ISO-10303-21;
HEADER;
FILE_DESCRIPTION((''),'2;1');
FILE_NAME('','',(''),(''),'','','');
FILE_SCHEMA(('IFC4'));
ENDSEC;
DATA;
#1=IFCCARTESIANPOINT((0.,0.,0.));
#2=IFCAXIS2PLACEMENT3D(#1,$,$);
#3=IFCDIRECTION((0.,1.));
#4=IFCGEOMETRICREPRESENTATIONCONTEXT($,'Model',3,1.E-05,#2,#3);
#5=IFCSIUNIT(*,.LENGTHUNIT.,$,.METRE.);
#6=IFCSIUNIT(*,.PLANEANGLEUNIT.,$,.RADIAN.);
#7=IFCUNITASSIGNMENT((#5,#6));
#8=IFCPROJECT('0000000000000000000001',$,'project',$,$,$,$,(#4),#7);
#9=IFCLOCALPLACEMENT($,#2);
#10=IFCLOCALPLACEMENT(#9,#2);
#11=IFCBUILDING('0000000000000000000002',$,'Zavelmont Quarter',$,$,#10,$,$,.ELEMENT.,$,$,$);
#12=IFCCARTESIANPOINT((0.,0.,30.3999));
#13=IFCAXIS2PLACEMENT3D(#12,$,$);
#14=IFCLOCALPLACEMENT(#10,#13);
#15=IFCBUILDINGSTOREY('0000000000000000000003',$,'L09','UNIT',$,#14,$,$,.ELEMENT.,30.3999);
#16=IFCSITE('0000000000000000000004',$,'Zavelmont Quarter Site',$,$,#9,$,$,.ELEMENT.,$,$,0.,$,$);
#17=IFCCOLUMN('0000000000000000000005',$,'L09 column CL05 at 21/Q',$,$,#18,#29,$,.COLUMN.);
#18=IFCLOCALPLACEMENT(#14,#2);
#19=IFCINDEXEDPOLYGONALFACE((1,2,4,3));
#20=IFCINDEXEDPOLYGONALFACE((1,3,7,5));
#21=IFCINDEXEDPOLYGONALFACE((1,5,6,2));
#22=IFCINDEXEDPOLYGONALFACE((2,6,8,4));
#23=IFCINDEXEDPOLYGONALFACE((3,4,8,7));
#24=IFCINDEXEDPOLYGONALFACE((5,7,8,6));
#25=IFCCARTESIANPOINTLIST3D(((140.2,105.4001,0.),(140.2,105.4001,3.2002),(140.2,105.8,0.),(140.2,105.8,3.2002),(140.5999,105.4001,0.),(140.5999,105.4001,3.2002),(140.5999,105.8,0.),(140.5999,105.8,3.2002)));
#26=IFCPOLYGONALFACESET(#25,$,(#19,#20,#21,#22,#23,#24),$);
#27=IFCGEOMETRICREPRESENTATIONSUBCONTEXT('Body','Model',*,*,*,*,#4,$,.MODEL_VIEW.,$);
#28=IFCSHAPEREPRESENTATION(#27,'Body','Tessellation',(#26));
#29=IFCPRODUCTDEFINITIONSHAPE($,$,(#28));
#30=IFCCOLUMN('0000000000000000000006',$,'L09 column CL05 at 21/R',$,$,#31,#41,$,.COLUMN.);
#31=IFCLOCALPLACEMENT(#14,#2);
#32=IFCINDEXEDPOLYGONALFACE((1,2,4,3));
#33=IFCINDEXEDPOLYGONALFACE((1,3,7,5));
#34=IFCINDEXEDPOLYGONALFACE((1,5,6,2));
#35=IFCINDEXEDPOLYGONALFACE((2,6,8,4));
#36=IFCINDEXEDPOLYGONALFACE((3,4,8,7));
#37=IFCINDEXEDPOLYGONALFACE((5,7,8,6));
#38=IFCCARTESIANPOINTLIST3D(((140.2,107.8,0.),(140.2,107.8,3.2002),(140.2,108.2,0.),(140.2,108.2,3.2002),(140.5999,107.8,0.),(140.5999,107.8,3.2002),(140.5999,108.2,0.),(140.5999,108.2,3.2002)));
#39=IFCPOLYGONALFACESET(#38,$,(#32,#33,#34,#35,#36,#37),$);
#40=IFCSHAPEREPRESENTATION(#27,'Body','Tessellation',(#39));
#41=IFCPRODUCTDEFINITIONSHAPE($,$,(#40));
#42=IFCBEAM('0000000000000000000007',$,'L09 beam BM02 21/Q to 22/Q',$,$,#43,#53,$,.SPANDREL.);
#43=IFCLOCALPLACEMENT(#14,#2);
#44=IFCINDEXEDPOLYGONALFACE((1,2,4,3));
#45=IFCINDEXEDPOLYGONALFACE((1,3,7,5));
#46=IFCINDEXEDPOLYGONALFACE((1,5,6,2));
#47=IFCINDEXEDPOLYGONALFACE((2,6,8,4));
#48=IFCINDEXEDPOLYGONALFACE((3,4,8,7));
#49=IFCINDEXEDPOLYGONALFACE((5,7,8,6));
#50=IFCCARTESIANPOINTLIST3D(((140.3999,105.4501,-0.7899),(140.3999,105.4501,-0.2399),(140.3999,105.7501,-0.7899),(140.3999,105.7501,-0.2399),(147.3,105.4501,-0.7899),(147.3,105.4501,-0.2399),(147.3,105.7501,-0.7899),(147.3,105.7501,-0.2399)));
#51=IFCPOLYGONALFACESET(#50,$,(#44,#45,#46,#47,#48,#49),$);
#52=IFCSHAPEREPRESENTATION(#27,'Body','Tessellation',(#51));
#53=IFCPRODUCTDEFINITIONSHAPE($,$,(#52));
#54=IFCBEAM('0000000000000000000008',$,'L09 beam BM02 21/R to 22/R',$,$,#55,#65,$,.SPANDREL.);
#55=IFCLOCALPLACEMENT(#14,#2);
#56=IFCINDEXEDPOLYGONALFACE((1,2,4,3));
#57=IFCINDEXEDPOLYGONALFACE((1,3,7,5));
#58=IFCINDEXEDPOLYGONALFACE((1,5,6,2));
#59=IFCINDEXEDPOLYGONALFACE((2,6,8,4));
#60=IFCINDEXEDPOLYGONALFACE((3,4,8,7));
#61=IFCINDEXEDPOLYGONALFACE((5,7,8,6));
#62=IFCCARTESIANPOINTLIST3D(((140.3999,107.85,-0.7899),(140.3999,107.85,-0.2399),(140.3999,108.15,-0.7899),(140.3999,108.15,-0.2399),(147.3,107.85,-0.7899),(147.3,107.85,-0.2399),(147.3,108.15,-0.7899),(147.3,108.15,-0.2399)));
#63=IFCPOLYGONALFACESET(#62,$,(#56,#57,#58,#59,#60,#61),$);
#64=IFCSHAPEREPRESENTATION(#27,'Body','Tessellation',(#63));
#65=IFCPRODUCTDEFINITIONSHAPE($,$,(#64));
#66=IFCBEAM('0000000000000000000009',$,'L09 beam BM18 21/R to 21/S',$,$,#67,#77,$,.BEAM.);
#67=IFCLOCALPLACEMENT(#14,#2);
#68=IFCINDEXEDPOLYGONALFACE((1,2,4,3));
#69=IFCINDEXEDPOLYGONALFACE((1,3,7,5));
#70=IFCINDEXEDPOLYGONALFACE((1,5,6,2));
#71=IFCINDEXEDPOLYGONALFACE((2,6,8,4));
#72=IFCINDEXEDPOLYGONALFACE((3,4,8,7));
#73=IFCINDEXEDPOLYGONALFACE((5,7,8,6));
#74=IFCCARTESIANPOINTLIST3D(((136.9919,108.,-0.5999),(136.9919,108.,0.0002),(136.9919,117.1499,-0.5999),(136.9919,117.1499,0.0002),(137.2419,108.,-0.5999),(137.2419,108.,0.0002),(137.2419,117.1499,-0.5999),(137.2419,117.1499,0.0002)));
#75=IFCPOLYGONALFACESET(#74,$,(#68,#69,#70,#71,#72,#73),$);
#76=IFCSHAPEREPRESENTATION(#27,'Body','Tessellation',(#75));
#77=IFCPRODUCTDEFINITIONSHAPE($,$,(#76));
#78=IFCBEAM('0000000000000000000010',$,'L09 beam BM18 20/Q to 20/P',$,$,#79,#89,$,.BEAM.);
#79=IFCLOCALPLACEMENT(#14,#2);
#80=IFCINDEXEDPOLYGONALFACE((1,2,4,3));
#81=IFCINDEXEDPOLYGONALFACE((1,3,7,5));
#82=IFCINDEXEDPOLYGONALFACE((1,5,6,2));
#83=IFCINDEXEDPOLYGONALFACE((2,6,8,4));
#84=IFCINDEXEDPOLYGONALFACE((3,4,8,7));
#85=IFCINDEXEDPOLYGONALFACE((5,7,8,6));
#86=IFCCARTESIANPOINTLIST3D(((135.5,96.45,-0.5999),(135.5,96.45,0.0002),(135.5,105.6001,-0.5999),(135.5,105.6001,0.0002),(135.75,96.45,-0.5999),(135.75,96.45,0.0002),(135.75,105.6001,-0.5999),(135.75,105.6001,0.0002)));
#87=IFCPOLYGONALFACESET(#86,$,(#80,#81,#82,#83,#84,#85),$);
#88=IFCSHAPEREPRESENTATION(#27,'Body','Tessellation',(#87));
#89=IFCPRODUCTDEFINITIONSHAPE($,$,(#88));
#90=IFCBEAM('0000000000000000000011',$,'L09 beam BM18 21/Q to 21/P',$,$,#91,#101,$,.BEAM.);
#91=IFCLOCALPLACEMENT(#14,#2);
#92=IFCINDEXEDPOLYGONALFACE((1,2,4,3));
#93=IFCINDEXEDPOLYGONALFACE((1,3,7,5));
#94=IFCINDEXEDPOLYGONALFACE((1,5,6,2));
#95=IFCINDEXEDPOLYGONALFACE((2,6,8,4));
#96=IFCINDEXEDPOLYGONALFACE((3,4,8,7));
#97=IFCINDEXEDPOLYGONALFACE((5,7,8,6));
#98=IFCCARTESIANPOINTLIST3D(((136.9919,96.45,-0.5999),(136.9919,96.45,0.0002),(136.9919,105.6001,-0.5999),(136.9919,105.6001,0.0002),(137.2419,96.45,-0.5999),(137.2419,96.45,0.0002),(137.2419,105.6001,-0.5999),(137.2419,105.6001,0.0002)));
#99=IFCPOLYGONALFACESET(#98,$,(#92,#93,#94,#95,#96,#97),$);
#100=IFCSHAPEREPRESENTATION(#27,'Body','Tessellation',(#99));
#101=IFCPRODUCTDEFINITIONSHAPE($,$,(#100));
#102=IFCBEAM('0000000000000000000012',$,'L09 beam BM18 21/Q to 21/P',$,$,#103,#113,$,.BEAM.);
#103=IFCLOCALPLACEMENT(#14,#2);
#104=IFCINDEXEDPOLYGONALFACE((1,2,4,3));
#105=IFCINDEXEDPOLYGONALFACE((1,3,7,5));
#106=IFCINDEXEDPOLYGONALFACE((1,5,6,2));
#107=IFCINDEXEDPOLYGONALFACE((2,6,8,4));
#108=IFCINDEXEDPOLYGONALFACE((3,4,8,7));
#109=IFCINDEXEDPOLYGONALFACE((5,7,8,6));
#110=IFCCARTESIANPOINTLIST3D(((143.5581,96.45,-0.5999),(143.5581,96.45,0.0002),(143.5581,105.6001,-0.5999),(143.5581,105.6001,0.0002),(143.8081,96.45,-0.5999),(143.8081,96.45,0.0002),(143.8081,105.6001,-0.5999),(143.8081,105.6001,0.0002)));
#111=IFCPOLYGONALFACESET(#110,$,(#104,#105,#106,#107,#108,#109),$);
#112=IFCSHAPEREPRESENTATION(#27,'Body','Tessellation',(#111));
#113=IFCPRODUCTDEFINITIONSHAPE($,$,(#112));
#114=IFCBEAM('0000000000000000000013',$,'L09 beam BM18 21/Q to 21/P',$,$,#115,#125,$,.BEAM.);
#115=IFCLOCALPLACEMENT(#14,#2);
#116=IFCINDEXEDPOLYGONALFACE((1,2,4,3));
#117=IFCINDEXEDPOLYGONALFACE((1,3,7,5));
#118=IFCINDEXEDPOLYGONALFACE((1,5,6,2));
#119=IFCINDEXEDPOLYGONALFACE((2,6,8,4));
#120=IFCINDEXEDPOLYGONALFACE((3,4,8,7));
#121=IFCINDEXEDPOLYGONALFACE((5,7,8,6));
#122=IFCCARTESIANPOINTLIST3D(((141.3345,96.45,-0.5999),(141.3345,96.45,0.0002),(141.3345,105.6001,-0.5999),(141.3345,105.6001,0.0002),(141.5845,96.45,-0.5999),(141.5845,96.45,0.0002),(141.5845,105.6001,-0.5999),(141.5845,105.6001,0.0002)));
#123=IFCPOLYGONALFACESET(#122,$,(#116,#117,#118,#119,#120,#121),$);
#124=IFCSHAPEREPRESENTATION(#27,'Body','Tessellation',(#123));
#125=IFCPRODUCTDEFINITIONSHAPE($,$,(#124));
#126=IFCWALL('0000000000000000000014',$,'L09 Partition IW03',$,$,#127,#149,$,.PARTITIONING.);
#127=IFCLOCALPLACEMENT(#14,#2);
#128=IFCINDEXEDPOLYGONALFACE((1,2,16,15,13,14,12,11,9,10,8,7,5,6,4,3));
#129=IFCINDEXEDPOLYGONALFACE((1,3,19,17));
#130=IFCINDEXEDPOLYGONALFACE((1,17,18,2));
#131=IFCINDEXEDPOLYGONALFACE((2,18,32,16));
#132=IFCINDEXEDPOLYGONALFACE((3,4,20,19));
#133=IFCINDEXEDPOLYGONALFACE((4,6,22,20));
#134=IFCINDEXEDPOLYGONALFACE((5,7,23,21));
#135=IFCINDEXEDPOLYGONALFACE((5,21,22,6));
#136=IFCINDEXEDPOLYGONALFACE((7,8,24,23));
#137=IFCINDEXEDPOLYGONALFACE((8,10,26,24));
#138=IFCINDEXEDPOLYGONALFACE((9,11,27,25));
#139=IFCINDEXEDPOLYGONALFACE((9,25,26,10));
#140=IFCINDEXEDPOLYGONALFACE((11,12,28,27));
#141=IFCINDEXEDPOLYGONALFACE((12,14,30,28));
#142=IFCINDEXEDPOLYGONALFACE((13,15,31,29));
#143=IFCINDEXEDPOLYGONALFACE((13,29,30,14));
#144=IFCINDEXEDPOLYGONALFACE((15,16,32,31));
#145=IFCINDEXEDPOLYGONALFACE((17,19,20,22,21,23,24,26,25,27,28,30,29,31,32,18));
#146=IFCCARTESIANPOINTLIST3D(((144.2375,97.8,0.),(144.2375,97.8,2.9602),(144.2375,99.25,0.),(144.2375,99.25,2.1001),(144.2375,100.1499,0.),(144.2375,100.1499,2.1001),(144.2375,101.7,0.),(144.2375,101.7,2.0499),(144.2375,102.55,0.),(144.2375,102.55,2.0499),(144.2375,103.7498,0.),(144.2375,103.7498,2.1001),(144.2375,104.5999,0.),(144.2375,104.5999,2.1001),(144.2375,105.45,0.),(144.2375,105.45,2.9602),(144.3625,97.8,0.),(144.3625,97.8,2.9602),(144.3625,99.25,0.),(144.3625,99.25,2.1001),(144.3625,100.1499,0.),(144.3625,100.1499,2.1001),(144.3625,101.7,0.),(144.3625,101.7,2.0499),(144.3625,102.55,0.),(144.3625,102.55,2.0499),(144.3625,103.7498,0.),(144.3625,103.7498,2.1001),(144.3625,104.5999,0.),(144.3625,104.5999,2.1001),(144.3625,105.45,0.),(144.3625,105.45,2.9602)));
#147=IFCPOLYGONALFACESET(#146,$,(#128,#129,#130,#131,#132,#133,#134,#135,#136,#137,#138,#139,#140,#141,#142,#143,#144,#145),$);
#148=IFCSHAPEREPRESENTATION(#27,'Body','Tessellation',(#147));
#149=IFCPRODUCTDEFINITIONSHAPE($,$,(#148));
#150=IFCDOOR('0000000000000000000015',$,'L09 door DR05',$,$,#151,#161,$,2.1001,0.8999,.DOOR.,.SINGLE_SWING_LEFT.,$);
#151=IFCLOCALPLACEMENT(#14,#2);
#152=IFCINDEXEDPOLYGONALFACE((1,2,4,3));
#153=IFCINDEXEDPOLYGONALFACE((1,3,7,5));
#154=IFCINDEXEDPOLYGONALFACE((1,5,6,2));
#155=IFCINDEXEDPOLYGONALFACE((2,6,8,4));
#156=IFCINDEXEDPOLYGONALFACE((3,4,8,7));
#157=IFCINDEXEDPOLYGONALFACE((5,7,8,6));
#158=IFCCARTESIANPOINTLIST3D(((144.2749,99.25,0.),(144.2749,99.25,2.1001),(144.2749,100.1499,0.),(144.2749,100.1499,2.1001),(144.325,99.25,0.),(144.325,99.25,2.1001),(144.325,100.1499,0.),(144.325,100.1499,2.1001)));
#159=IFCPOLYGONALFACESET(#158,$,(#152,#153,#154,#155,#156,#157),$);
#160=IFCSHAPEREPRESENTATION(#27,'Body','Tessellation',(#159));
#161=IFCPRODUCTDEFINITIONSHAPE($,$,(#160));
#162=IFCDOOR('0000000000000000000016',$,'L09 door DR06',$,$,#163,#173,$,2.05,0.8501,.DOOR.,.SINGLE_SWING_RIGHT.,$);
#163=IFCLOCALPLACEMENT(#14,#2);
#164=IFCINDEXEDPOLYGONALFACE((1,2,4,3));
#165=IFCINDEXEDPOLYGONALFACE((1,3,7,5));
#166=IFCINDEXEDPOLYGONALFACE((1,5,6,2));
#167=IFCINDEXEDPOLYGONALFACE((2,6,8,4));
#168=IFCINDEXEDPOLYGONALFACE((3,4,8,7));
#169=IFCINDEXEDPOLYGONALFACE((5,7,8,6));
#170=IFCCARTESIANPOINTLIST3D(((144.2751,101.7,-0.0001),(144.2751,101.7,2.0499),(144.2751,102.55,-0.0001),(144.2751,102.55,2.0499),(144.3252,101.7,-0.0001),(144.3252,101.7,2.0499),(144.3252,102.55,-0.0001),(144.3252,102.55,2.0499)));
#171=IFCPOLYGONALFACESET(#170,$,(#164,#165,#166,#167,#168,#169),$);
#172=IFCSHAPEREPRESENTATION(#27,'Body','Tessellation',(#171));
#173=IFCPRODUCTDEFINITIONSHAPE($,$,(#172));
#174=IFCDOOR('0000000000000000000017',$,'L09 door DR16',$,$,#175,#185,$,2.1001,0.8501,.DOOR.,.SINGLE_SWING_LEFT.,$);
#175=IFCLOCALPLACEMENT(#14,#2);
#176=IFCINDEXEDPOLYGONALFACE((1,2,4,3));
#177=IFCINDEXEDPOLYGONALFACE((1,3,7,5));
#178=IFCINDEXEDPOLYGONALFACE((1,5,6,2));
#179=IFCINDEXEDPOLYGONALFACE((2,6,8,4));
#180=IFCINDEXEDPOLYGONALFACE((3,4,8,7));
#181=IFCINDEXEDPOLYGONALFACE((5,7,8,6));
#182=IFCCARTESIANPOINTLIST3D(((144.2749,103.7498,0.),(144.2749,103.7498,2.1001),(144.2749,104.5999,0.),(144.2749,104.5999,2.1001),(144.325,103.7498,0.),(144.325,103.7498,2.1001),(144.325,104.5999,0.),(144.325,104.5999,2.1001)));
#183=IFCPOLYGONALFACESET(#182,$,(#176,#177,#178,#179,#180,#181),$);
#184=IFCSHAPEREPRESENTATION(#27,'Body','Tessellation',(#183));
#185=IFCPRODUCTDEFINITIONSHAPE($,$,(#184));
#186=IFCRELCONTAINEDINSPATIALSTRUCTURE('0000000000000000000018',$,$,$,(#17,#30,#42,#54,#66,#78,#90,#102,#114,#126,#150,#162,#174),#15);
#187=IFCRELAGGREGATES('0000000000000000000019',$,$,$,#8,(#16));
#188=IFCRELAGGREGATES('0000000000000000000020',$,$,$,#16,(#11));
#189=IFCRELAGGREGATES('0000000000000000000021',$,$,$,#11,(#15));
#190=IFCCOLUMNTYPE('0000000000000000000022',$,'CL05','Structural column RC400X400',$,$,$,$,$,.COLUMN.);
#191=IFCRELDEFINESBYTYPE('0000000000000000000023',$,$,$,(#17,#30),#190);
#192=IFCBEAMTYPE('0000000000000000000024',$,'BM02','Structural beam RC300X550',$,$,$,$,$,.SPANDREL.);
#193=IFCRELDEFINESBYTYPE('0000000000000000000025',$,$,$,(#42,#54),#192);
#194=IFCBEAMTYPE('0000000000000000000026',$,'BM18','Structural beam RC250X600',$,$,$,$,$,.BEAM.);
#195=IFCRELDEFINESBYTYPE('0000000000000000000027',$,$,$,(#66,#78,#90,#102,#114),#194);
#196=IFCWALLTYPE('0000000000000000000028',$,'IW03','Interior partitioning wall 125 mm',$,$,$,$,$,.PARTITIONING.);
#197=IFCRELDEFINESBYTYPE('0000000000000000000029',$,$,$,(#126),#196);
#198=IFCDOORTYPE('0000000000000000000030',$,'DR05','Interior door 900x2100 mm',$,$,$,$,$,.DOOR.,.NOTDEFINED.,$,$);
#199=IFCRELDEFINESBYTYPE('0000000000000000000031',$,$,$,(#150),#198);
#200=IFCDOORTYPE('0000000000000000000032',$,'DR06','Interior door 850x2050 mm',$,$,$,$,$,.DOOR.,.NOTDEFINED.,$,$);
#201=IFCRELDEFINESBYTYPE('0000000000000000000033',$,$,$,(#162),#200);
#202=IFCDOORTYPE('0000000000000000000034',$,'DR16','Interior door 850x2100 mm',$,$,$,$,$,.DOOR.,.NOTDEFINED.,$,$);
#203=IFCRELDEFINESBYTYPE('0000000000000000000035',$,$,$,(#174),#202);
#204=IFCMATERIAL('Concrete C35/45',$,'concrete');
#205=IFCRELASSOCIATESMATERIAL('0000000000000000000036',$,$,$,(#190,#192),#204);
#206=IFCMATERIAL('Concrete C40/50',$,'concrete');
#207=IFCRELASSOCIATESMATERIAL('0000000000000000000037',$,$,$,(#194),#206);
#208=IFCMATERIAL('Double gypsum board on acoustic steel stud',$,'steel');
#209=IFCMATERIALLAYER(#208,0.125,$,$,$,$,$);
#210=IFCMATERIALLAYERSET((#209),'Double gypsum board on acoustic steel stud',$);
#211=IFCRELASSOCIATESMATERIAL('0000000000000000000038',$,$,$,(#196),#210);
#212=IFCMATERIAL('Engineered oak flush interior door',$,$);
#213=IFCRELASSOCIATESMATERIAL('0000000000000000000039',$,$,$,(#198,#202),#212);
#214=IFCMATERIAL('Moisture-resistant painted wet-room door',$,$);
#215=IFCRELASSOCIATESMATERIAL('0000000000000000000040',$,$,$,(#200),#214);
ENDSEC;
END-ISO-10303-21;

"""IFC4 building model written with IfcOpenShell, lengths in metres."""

from ifc_helpers import new_model, si_unit, direction, frame, frame_2d, origin, origin_with_axes, origin_2d, place, context, subcontext, project, spatial, rectangle, extrude, material, layer, layer_set, material_profile, profile_set, type_object, element, fill, save


model = new_model("IFC4")

# Units and contexts
model_context = context("Model", 3, precision=1e-05, world=origin(), true_north=direction((0.0, 1.0)))
body_context = subcontext(model_context, "Body", "Model", "MODEL_VIEW")
ifc_project = project(units=[si_unit("LENGTHUNIT", "METRE"), si_unit("PLANEANGLEUNIT", "RADIAN")], contexts=[model_context])

# Site, building, storey
site_placement = place(None, origin())
site = spatial("IfcSite", under=ifc_project, at=site_placement, Name="Zavelmont Quarter Site", CompositionType="ELEMENT", RefElevation=0.0)
building_placement = place(site_placement, origin())
building = spatial("IfcBuilding", under=site, at=building_placement, Name="Zavelmont Quarter", CompositionType="ELEMENT")
storey_placement = place(building_placement, frame((0.0, 0.0, 30.3999)))
storey = spatial("IfcBuildingStorey", under=building, at=storey_placement, Name="L09", Description="UNIT", CompositionType="ELEMENT", Elevation=30.3999)

# Columns
ifc_material_1 = material(Name="Concrete C35/45", Category="concrete")
ifc_material_profile_1 = material_profile(ifc_material_1, rectangle(XDim=0.3999, YDim=0.3999, at=origin_2d()), Name="RC400X400")
ifc_profile_set_1 = profile_set([ifc_material_profile_1], Name="Concrete C35/45")
column_type = type_object("IfcColumnType", Name="CL05", Description="Structural column RC400X400", PredefinedType="COLUMN", material=ifc_profile_set_1)
for number, where, z_axis, x_axis, name in (
    (1, (140.3999, 105.6001, 0.0), (0.0, 0.0, 1.0), (1.0, 0.0, 0.0), "L09 column CL05 at 21/Q"),
    (2, (140.3999, 108.0, 0.0), (0.0, 0.0, 1.0), (1.0, 0.0, 0.0), "L09 column CL05 at 21/R"),
):
    element("IfcColumn", number, at=place(storey_placement, frame(where, z_axis=z_axis, x_axis=x_axis)), inside=storey, type_object=column_type, Name=name, PredefinedType="COLUMN", context=body_context, shape_type="SweptSolid", body=[
        extrude(rectangle(XDim=0.3999, YDim=0.3999, at=origin_2d()), origin(), (0.0, 0.0, 1.0), 3.2002),
    ])

# Beams
ifc_material_profile_2 = material_profile(ifc_material_1, rectangle(XDim=0.3, YDim=0.55, at=origin_2d()), Name="RC300X550")
ifc_profile_set_2 = profile_set([ifc_material_profile_2], Name="Concrete C35/45")
beam_type_1 = type_object("IfcBeamType", Name="BM02", Description="Structural beam RC300X550", PredefinedType="SPANDREL", material=ifc_profile_set_2)
for number, where, z_axis, x_axis, name in (
    (3, (140.3999, 105.6001, -0.5149), (1.0, 0.0, 0.0), (0.0, 1.0, 0.0), "L09 beam BM02 21/Q to 22/Q"),
    (4, (140.3999, 108.0, -0.5149), (1.0, 0.0, 0.0), (0.0, 1.0, 0.0), "L09 beam BM02 21/R to 22/R"),
):
    element("IfcBeam", number, at=place(storey_placement, frame(where, z_axis=z_axis, x_axis=x_axis)), inside=storey, type_object=beam_type_1, Name=name, PredefinedType="SPANDREL", context=body_context, shape_type="SweptSolid", body=[
        extrude(rectangle(XDim=0.3, YDim=0.55, at=origin_2d()), origin(), (0.0, 0.0, 1.0), 6.9001),
    ])
ifc_material_2 = material(Name="Concrete C40/50", Category="concrete")
ifc_material_profile_3 = material_profile(ifc_material_2, rectangle(XDim=0.25, YDim=0.6001, at=origin_2d()), Name="RC250X600")
ifc_profile_set_3 = profile_set([ifc_material_profile_3], Name="Concrete C40/50")
beam_type_2 = type_object("IfcBeamType", Name="BM18", Description="Structural beam RC250X600", PredefinedType="BEAM", material=ifc_profile_set_3)
beam_placement = place(storey_placement, frame((137.1169, 108.0, -0.2998), z_axis=(0.0, 1.0, 0.0), x_axis=(-1.0, 0.0, 0.0)))
element("IfcBeam", 5, at=beam_placement, inside=storey, type_object=beam_type_2, Name="L09 beam BM18 21/R to 21/S", PredefinedType="BEAM", context=body_context, shape_type="SweptSolid", body=[
    extrude(rectangle(XDim=0.25, YDim=0.6001, at=origin_2d()), origin(), (0.0, 0.0, 1.0), 9.1499),
])
for number, where, z_axis, x_axis, name in (
    (6, (135.625, 105.6001, -0.2998), (0.0, -1.0, 0.0), (1.0, 0.0, 0.0), "L09 beam BM18 20/Q to 20/P"),
    (7, (137.1169, 105.6001, -0.2998), (0.0, -1.0, 0.0), (1.0, 0.0, 0.0), "L09 beam BM18 21/Q to 21/P"),
    (8, (143.6831, 105.6001, -0.2998), (0.0, -1.0, 0.0), (1.0, 0.0, 0.0), "L09 beam BM18 21/Q to 21/P"),
    (9, (141.4595, 105.6001, -0.2998), (0.0, -1.0, 0.0), (1.0, 0.0, 0.0), "L09 beam BM18 21/Q to 21/P"),
):
    element("IfcBeam", number, at=place(storey_placement, frame(where, z_axis=z_axis, x_axis=x_axis)), inside=storey, type_object=beam_type_2, Name=name, PredefinedType="BEAM", context=body_context, shape_type="SweptSolid", body=[
        extrude(rectangle(XDim=0.25, YDim=0.6001, at=origin_2d()), origin(), (0.0, 0.0, 1.0), 9.1501),
    ])

# Wall, openings, doors
ifc_material_3 = material(Name="Double gypsum board on acoustic steel stud", Category="steel")
ifc_layer_1 = layer(ifc_material_3, 0.125)
ifc_layer_set_1 = layer_set([ifc_layer_1], Name="Double gypsum board on acoustic steel stud")
wall_type_1 = type_object("IfcWallType", Name="IW03", Description="Interior partitioning wall 125 mm", PredefinedType="PARTITIONING", material=ifc_layer_set_1)
wall_1_placement = place(storey_placement, frame((144.3, 105.45, 0.0), z_axis=(0.0, 0.0, 1.0), x_axis=(0.0, -1.0, 0.0)))
wall_1 = element("IfcWall", 10, at=wall_1_placement, inside=storey, type_object=wall_type_1, Name="L09 Partition IW03", PredefinedType="PARTITIONING", context=body_context, shape_type="SweptSolid", body=[
    extrude(rectangle(XDim=7.6499, YDim=0.125, at=frame_2d((3.825, 0.0))), origin(), (0.0, 0.0, 1.0), 2.9602),
])
opening_1_placement = place(wall_1_placement, frame((0.8501, 0.0, 0.0)))
opening_1 = element("IfcOpeningElement", 11, at=opening_1_placement, cuts=wall_1, PredefinedType="OPENING", context=body_context, shape_type="SweptSolid", body=[
    extrude(rectangle(XDim=0.8501, YDim=2.1001, at=frame_2d((0.425, 1.05))), frame((0.0, 0.0745, 0.0), z_axis=(0.0, -1.0, 0.0), x_axis=(1.0, 0.0, 0.0)), (0.0, 0.0, 1.0), 0.1489),
])
opening_2_placement = place(wall_1_placement, frame((2.8999, 0.0, 0.0)))
opening_2 = element("IfcOpeningElement", 12, at=opening_2_placement, cuts=wall_1, PredefinedType="OPENING", context=body_context, shape_type="SweptSolid", body=[
    extrude(rectangle(XDim=0.8501, YDim=2.05, at=frame_2d((0.425, 1.0249))), frame((0.0, 0.0745, 0.0), z_axis=(0.0, -1.0, 0.0), x_axis=(1.0, 0.0, 0.0)), (0.0, 0.0, 1.0), 0.1489),
])
opening_3_placement = place(wall_1_placement, frame((5.3, 0.0, 0.0)))
opening_3 = element("IfcOpeningElement", 13, at=opening_3_placement, cuts=wall_1, PredefinedType="OPENING", context=body_context, shape_type="SweptSolid", body=[
    extrude(rectangle(XDim=0.8999, YDim=2.1001, at=frame_2d((0.45, 1.05))), frame((0.0, 0.0745, 0.0), z_axis=(0.0, -1.0, 0.0), x_axis=(1.0, 0.0, 0.0)), (0.0, 0.0, 1.0), 0.1489),
])
ifc_material_4 = material(Name="Engineered oak flush interior door")
door_type_1 = type_object("IfcDoorType", Name="DR05", Description="Interior door 900x2100 mm", OperationType="NOTDEFINED", PredefinedType="DOOR", material=ifc_material_4)
door_1_placement = place(opening_3_placement, origin_with_axes())
door_1 = element("IfcDoor", 14, at=door_1_placement, inside=storey, type_object=door_type_1, Name="L09 door DR05", OperationType="SINGLE_SWING_LEFT", OverallHeight=2.1001, OverallWidth=0.8999, PredefinedType="DOOR", context=body_context, shape_type="SweptSolid", body=[
    extrude(rectangle(XDim=0.8999, YDim=2.1001, at=frame_2d((0.45, 1.05))), frame((0.0, 0.0249, 0.0), z_axis=(0.0, -1.0, 0.0), x_axis=(1.0, 0.0, 0.0)), (0.0, 0.0, 1.0), 0.05),
])
fill(opening_3, door_1)
ifc_material_5 = material(Name="Moisture-resistant painted wet-room door")
door_type_2 = type_object("IfcDoorType", Name="DR06", Description="Interior door 850x2050 mm", OperationType="NOTDEFINED", PredefinedType="DOOR", material=ifc_material_5)
door_2_placement = place(opening_2_placement, frame((0.8501, 0.0, 0.0), z_axis=(0.0, 0.0, 1.0), x_axis=(-1.0, 0.0, 0.0)))
door_2 = element("IfcDoor", 15, at=door_2_placement, inside=storey, type_object=door_type_2, Name="L09 door DR06", OperationType="SINGLE_SWING_RIGHT", OverallHeight=2.05, OverallWidth=0.8501, PredefinedType="DOOR", context=body_context, shape_type="SweptSolid", body=[
    extrude(rectangle(XDim=0.8501, YDim=2.05, at=frame_2d((0.425, 1.0249))), frame((0.0, 0.0249, 0.0), z_axis=(0.0, -1.0, 0.0), x_axis=(1.0, 0.0, 0.0)), (0.0, 0.0, 1.0), 0.05),
])
fill(opening_2, door_2)
door_type_3 = type_object("IfcDoorType", Name="DR16", Description="Interior door 850x2100 mm", OperationType="NOTDEFINED", PredefinedType="DOOR", material=ifc_material_4)
door_3_placement = place(opening_1_placement, origin_with_axes())
door_3 = element("IfcDoor", 16, at=door_3_placement, inside=storey, type_object=door_type_3, Name="L09 door DR16", OperationType="SINGLE_SWING_LEFT", OverallHeight=2.1001, OverallWidth=0.8501, PredefinedType="DOOR", context=body_context, shape_type="SweptSolid", body=[
    extrude(rectangle(XDim=0.8501, YDim=2.1001, at=frame_2d((0.425, 1.05))), frame((0.0, 0.0249, 0.0), z_axis=(0.0, -1.0, 0.0), x_axis=(1.0, 0.0, 0.0)), (0.0, 0.0, 1.0), 0.05),
])
fill(opening_1, door_3)

save(model, "model.ifc")
